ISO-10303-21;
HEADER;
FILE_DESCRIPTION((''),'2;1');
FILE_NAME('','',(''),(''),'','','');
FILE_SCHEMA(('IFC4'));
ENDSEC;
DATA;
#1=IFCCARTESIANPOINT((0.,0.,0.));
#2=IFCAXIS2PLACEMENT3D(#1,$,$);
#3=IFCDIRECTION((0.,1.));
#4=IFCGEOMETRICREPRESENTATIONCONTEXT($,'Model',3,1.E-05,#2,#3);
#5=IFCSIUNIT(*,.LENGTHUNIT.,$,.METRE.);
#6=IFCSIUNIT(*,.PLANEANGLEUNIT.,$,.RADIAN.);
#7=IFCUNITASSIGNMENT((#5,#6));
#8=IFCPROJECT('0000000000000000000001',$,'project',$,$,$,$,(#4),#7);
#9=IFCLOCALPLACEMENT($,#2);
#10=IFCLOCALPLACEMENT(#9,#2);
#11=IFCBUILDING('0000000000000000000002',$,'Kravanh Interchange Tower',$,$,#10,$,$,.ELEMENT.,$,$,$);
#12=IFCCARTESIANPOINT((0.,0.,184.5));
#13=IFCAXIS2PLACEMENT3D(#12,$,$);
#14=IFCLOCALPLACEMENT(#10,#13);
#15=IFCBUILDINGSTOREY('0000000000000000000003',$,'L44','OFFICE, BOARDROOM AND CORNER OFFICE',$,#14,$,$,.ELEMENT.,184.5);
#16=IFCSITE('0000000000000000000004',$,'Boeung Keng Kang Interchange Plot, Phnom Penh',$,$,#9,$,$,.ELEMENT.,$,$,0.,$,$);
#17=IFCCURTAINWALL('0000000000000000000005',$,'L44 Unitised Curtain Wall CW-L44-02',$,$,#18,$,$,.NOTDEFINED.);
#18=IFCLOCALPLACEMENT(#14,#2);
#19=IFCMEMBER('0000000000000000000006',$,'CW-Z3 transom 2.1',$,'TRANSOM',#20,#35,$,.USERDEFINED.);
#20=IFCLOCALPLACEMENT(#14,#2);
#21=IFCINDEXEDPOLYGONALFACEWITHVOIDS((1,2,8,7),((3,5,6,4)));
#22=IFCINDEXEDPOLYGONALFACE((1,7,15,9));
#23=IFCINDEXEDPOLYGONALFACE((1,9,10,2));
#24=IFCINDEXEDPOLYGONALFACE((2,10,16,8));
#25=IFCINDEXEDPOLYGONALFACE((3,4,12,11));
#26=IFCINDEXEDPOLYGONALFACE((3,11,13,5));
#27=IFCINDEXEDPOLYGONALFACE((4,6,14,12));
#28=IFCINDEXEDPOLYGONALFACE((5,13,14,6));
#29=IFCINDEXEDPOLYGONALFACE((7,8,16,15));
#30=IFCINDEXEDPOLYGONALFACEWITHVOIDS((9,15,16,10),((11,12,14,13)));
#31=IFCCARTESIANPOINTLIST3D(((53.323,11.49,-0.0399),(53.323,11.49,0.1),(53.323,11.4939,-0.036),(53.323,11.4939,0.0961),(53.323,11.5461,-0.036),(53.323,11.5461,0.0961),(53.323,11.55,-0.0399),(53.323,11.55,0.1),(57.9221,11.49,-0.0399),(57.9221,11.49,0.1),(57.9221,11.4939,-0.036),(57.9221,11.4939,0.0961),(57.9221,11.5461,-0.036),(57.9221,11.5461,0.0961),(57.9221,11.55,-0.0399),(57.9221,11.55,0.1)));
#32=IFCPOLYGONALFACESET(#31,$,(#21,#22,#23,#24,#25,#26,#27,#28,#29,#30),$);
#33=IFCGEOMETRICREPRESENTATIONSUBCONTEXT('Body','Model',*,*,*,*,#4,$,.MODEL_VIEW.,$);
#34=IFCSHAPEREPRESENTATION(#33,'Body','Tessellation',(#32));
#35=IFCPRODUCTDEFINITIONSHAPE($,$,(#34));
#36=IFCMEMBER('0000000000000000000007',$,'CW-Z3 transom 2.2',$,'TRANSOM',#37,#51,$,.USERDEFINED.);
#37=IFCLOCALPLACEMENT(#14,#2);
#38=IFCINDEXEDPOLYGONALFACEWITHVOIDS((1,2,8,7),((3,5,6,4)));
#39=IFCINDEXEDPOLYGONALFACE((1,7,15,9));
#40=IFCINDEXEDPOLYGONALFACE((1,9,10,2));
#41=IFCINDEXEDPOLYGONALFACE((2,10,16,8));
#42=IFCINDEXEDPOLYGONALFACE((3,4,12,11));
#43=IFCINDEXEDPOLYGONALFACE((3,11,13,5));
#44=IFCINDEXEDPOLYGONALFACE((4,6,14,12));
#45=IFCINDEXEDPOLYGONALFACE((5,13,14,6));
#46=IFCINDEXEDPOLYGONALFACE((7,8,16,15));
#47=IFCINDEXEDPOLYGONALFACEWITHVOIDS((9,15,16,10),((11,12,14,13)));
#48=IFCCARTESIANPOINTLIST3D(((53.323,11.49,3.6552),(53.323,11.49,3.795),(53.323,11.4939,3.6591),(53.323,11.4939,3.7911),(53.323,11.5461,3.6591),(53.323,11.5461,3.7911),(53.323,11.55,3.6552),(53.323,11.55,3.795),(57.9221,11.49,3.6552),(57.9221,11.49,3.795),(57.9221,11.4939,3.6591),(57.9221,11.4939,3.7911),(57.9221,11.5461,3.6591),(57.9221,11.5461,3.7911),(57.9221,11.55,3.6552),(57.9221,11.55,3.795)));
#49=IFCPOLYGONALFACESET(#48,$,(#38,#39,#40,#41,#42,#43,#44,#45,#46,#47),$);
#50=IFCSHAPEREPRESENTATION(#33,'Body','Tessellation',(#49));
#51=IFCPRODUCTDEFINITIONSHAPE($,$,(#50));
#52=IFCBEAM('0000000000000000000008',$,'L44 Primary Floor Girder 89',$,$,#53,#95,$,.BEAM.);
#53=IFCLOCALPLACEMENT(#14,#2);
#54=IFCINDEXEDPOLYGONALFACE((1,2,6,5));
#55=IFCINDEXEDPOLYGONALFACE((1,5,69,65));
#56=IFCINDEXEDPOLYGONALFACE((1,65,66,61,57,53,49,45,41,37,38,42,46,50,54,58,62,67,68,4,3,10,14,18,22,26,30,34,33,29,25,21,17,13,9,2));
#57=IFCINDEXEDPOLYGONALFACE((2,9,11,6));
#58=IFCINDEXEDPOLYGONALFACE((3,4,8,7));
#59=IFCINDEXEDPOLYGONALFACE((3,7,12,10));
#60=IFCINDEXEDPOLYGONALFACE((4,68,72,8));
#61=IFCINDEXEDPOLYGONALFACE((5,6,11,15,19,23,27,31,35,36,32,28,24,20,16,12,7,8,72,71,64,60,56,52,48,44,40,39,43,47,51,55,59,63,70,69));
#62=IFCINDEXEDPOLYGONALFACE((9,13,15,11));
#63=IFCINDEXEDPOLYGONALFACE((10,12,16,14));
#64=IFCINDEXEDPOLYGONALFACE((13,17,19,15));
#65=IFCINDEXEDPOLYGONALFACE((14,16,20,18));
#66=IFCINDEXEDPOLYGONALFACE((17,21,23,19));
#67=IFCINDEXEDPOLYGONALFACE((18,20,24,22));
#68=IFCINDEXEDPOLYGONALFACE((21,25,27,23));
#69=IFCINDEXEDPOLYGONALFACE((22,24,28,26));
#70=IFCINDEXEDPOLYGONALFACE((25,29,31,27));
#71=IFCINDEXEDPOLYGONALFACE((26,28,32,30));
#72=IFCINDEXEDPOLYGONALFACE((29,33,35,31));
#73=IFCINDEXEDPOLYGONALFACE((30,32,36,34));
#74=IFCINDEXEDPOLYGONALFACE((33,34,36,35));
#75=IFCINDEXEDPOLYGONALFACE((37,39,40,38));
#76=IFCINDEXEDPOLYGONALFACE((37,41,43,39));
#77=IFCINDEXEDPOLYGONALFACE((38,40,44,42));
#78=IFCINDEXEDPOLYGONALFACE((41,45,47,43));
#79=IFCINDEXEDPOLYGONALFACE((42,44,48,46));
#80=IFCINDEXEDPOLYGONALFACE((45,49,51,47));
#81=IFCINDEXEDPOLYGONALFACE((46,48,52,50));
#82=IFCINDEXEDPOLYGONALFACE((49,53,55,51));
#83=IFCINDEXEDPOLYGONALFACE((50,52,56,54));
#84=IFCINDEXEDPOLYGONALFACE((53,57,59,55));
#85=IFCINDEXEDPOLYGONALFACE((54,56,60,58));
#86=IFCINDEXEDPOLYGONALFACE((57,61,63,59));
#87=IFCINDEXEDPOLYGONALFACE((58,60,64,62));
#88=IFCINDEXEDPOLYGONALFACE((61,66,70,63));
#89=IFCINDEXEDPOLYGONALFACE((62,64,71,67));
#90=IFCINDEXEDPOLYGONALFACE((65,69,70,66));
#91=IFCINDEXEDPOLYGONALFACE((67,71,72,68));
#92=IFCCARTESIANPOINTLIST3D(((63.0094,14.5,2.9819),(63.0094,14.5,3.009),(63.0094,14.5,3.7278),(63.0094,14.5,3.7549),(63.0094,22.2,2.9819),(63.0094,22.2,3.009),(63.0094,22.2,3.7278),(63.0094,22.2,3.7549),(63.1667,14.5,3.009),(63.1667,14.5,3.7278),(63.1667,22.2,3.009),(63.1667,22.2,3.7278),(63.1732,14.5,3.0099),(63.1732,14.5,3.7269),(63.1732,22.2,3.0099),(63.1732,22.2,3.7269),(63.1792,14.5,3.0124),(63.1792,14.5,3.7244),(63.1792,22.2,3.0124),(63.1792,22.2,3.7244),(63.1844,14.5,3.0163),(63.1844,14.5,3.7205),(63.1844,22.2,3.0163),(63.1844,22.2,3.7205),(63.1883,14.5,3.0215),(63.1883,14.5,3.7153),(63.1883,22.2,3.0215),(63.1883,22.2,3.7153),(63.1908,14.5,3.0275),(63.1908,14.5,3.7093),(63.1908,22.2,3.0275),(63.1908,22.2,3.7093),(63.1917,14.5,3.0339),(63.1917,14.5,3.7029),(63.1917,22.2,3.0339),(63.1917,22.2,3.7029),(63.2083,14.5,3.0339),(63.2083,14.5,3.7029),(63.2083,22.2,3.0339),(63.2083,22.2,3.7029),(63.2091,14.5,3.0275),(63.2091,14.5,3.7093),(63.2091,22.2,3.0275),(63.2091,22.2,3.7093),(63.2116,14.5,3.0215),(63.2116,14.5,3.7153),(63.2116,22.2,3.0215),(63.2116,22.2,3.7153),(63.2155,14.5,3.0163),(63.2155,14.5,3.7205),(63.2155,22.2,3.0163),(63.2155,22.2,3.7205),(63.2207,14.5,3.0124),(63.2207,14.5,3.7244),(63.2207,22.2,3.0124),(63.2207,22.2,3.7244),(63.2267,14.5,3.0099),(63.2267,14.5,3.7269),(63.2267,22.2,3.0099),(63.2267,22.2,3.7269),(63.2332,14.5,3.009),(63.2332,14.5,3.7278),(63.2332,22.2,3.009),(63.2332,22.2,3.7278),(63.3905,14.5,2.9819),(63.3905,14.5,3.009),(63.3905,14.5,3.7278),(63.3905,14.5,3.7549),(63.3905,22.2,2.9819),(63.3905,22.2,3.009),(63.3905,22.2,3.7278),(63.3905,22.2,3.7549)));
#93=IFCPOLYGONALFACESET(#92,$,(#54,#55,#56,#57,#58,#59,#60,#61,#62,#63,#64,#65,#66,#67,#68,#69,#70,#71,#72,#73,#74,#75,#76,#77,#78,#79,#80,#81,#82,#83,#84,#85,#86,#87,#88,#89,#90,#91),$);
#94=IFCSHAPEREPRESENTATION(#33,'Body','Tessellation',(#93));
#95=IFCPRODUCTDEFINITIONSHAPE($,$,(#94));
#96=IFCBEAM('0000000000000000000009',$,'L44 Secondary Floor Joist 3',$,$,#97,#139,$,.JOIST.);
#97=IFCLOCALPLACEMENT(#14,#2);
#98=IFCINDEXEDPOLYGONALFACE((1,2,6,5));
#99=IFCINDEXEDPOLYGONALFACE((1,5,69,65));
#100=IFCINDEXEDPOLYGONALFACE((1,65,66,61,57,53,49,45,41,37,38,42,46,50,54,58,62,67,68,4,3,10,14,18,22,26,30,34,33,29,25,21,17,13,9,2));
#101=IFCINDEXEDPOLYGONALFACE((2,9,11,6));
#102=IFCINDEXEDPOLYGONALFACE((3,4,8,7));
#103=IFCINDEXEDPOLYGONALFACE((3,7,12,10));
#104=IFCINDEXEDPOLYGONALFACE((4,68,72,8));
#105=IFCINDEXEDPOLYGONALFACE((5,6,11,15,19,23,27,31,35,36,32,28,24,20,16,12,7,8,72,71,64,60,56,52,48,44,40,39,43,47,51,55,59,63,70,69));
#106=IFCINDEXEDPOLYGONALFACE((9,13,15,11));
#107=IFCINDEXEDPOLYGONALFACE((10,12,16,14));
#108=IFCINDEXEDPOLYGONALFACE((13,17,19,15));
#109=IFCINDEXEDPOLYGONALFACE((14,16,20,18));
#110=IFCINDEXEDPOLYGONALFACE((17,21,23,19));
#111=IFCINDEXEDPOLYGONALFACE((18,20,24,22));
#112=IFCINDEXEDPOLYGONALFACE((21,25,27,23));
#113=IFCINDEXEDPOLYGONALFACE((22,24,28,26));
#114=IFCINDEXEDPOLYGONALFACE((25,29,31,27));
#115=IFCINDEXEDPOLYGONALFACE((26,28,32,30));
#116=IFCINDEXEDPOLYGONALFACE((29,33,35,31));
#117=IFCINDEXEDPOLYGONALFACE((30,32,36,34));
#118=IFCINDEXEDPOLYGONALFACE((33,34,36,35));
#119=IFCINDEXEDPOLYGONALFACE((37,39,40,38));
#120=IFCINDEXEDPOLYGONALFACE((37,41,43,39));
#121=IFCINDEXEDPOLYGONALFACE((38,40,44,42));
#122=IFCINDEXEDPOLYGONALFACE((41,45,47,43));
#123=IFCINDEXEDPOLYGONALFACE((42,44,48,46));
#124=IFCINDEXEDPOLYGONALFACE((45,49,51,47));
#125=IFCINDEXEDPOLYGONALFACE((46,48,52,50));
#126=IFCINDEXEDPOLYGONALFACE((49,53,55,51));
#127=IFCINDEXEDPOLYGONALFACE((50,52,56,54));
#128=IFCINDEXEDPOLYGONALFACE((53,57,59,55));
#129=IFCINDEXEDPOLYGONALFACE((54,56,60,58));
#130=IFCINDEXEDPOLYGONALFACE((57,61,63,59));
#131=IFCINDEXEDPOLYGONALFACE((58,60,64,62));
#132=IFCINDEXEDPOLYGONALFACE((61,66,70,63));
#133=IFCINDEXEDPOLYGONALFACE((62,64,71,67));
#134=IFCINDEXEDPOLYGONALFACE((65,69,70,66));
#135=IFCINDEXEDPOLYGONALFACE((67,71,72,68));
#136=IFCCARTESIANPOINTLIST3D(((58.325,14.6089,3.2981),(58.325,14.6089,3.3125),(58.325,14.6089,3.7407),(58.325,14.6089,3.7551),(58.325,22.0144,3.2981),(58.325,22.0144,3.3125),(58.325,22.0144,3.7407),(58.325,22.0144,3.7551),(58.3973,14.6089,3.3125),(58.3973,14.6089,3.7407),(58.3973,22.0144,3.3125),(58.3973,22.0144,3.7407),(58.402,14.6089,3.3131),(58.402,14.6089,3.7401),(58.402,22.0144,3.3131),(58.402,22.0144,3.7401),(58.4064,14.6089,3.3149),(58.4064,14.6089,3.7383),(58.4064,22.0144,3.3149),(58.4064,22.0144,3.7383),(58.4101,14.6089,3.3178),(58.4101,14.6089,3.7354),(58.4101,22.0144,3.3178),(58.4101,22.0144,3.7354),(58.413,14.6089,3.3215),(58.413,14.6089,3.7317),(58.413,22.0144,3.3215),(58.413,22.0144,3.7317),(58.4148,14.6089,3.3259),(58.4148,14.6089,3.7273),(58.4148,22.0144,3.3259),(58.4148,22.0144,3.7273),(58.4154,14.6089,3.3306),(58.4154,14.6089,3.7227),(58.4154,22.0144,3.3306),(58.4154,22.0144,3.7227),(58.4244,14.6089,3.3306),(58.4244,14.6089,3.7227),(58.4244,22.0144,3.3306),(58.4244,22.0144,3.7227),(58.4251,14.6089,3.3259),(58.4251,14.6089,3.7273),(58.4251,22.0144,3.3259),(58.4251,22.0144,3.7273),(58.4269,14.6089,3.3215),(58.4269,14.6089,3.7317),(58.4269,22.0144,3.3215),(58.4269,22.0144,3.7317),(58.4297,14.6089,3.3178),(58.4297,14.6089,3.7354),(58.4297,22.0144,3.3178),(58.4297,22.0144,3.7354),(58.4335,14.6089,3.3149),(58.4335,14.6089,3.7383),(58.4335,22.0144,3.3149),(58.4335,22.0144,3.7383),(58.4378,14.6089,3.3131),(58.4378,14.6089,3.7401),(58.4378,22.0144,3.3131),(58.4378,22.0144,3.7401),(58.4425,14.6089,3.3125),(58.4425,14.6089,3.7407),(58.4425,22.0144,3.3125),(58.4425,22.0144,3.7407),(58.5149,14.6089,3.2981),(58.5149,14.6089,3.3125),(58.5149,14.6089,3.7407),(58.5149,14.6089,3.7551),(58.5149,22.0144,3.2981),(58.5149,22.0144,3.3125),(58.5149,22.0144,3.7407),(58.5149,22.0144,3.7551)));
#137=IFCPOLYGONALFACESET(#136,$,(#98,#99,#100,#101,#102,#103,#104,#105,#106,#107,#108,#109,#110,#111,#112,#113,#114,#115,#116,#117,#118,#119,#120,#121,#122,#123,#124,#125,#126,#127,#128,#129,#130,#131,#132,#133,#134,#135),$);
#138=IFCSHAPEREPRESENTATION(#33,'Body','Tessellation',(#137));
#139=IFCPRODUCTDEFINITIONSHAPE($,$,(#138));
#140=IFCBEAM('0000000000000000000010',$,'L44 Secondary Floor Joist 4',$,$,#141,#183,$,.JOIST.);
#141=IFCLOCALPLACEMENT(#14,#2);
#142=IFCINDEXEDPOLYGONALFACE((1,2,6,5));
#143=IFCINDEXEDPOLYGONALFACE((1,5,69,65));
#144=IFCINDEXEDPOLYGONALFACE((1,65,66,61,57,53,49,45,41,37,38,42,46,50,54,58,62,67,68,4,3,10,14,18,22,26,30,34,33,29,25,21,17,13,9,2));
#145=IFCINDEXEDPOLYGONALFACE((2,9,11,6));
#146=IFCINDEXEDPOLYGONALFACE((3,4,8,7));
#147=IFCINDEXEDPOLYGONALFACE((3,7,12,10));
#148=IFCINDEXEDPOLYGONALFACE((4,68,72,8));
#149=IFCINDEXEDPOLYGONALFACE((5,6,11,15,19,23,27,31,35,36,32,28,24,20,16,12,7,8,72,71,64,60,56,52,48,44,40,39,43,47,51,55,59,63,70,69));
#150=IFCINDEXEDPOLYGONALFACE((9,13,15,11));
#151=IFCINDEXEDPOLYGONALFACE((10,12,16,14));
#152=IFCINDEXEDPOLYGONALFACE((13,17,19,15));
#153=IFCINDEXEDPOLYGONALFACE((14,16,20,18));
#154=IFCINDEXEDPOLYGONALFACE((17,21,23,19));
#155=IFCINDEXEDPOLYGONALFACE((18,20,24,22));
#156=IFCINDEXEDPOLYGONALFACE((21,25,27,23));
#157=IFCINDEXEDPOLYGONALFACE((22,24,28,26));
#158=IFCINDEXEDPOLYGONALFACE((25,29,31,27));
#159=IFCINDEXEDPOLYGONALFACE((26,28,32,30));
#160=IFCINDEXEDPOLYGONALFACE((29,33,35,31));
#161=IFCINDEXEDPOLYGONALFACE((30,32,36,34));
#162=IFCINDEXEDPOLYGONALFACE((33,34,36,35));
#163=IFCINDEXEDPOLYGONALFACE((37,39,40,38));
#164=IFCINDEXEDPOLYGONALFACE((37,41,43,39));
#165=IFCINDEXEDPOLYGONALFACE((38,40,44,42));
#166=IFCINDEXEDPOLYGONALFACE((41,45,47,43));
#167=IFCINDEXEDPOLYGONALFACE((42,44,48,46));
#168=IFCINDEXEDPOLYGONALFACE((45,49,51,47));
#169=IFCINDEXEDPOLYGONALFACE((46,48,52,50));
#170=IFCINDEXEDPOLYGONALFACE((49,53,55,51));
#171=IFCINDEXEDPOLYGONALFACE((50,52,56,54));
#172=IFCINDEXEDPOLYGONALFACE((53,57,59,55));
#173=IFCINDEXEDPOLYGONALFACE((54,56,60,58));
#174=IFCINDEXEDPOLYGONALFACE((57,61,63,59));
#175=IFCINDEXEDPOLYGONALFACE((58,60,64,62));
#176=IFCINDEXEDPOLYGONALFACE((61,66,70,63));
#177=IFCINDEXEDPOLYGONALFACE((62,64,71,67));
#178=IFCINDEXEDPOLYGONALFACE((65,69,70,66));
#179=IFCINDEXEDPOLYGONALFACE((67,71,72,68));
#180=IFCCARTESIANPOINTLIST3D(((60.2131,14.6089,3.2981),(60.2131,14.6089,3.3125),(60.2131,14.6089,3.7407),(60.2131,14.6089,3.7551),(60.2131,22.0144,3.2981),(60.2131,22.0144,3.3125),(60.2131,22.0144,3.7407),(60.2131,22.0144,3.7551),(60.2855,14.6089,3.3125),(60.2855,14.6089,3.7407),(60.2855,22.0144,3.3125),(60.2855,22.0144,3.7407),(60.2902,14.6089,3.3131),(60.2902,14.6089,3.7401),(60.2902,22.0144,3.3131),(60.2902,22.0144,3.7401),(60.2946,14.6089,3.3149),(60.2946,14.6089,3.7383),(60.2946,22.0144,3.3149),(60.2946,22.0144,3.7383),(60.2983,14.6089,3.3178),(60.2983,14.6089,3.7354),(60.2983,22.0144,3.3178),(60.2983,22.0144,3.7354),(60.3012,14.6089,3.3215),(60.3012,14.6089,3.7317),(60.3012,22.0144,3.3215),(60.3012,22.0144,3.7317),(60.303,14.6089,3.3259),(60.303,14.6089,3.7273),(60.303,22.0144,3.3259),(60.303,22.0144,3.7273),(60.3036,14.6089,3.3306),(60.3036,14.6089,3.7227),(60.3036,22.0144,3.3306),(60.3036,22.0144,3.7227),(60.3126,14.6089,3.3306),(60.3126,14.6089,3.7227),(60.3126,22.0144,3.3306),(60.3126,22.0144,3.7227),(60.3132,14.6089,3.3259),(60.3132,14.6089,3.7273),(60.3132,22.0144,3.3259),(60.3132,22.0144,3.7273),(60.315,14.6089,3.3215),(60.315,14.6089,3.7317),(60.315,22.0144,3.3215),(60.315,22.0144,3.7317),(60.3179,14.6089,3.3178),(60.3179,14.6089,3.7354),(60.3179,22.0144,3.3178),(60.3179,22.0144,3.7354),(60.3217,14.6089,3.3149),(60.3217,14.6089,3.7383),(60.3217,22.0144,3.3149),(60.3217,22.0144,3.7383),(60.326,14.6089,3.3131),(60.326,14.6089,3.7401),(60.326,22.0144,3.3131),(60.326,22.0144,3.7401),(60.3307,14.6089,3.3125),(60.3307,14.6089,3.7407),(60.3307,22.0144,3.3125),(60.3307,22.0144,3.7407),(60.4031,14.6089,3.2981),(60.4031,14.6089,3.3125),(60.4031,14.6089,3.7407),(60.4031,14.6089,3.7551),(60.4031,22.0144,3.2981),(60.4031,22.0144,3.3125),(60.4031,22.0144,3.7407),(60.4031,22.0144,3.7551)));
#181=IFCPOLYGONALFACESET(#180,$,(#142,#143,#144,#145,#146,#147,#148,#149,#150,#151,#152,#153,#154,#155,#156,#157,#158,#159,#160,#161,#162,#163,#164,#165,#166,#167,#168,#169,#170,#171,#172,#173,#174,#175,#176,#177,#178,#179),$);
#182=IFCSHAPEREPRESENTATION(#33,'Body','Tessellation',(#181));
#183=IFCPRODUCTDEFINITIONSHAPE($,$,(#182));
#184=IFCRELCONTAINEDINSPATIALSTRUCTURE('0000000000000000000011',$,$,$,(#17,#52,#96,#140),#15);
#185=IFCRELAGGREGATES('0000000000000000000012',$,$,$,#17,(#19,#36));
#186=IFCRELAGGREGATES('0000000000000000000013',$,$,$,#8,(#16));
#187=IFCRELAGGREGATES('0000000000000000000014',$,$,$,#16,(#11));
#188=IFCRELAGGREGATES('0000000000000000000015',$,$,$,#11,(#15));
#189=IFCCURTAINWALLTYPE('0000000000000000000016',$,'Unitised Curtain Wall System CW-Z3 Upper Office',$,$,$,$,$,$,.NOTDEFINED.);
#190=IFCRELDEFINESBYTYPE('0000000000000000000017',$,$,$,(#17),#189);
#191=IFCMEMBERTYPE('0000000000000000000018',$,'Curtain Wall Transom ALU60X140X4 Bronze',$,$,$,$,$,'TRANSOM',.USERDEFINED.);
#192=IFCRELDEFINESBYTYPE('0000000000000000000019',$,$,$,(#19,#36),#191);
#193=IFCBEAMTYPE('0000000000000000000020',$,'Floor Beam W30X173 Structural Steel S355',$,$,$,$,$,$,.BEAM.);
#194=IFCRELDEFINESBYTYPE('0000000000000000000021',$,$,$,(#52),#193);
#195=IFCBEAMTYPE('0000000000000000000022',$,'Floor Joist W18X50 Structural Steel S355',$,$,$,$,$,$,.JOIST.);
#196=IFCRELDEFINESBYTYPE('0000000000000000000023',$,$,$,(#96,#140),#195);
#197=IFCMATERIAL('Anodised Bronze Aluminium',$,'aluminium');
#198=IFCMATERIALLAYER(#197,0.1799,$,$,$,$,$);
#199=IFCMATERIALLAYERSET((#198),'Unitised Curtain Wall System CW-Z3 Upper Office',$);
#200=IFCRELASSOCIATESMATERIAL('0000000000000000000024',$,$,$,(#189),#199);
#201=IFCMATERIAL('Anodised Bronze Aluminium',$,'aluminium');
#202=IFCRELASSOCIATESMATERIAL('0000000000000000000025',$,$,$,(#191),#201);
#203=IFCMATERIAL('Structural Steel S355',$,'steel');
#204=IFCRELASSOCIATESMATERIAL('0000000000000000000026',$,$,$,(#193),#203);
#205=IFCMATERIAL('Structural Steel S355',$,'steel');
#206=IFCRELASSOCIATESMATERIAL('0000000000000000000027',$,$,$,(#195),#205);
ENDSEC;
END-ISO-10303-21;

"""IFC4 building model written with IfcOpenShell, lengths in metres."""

from ifc_helpers import new_model, si_unit, direction, frame, origin, origin_2d, place, context, subcontext, project, spatial, hollow_rectangle, i_section, extrude, material, layer, layer_set, material_profile, profile_set, type_object, element, aggregate, save


model = new_model("IFC4")

# Units and contexts
model_context = context("Model", 3, precision=1e-05, world=origin(), true_north=direction((0.0, 1.0)))
body_context = subcontext(model_context, "Body", "Model", "MODEL_VIEW")
ifc_project = project(units=[si_unit("LENGTHUNIT", "METRE"), si_unit("PLANEANGLEUNIT", "RADIAN")], contexts=[model_context])

# Site, building, storey
site_placement = place(None, origin())
site = spatial("IfcSite", under=ifc_project, at=site_placement, Name="Boeung Keng Kang Interchange Plot, Phnom Penh", CompositionType="ELEMENT", RefElevation=0.0)
building_placement = place(site_placement, origin())
building = spatial("IfcBuilding", under=site, at=building_placement, Name="Kravanh Interchange Tower", CompositionType="ELEMENT")
storey_placement = place(building_placement, frame((0.0, 0.0, 184.5)))
storey = spatial("IfcBuildingStorey", under=building, at=storey_placement, Name="L44", Description="OFFICE, BOARDROOM AND CORNER OFFICE", CompositionType="ELEMENT", Elevation=184.5)

# Curtain wall
ifc_material_1 = material(Name="Anodised Bronze Aluminium", Category="aluminium")
ifc_layer_1 = layer(ifc_material_1, 0.1799)
ifc_layer_set_1 = layer_set([ifc_layer_1], Name="Unitised Curtain Wall System CW-Z3 Upper Office")
curtain_wall_type = type_object("IfcCurtainWallType", Name="Unitised Curtain Wall System CW-Z3 Upper Office", PredefinedType="NOTDEFINED", material=ifc_layer_set_1)
curtain_wall_1_placement = place(storey_placement, origin())
curtain_wall_1 = element("IfcCurtainWall", 1, at=curtain_wall_1_placement, inside=storey, type_object=curtain_wall_type, Name="L44 Unitised Curtain Wall CW-L44-02", PredefinedType="NOTDEFINED")

# Members
ifc_material_2 = material(Name="Anodised Bronze Aluminium", Category="aluminium")
ifc_material_profile_1 = material_profile(ifc_material_2, hollow_rectangle(XDim=0.0601, YDim=0.1399, WallThickness=0.0039, at=origin_2d()), Name="ALU60X140X4")
ifc_profile_set_1 = profile_set([ifc_material_profile_1], Name="Anodised Bronze Aluminium")
member_type_1 = type_object("IfcMemberType", Name="Curtain Wall Transom ALU60X140X4 Bronze", ElementType="TRANSOM", PredefinedType="USERDEFINED", material=ifc_profile_set_1)
member_1_placement = place(storey_placement, frame((57.9221, 11.52, 0.03), z_axis=(-1.0, 0.0, 0.0), x_axis=(0.0, -1.0, 0.0)))
member_1 = element("IfcMember", 2, at=member_1_placement, type_object=member_type_1, Name="CW-Z3 transom 2.1", ObjectType="TRANSOM", PredefinedType="USERDEFINED", context=body_context, shape_type="SweptSolid", body=[
    extrude(hollow_rectangle(XDim=0.0601, YDim=0.1399, WallThickness=0.0039, at=origin_2d()), origin(), (0.0, 0.0, 1.0), 4.5991),
])
member_2_placement = place(storey_placement, frame((57.9221, 11.52, 3.7251), z_axis=(-1.0, 0.0, 0.0), x_axis=(0.0, -1.0, 0.0)))
member_2 = element("IfcMember", 3, at=member_2_placement, type_object=member_type_1, Name="CW-Z3 transom 2.2", ObjectType="TRANSOM", PredefinedType="USERDEFINED", context=body_context, shape_type="SweptSolid", body=[
    extrude(hollow_rectangle(XDim=0.0601, YDim=0.1399, WallThickness=0.0039, at=origin_2d()), origin(), (0.0, 0.0, 1.0), 4.5991),
])

# Beams
ifc_material_3 = material(Name="Structural Steel S355", Category="steel")
ifc_material_profile_2 = material_profile(ifc_material_3, i_section(OverallWidth=0.3811, OverallDepth=0.7729, WebThickness=0.0166, FlangeThickness=0.0271, FilletRadius=0.0249, at=origin_2d()), Name="W30X173")
ifc_profile_set_2 = profile_set([ifc_material_profile_2], Name="Structural Steel S355")
beam_type_1 = type_object("IfcBeamType", Name="Floor Beam W30X173 Structural Steel S355", PredefinedType="BEAM", material=ifc_profile_set_2)
beam_1_placement = place(storey_placement, frame((63.2, 14.5, 3.3684), z_axis=(0.0, 1.0, 0.0), x_axis=(-1.0, 0.0, 0.0)))
element("IfcBeam", 4, at=beam_1_placement, inside=storey, type_object=beam_type_1, Name="L44 Primary Floor Girder 89", PredefinedType="BEAM", context=body_context, shape_type="SweptSolid", body=[
    extrude(i_section(OverallWidth=0.3811, OverallDepth=0.7729, WebThickness=0.0166, FlangeThickness=0.0271, FilletRadius=0.0249, at=origin_2d()), origin(), (0.0, 0.0, 1.0), 7.7),
])
ifc_material_4 = material(Name="Structural Steel S355", Category="steel")
ifc_material_profile_3 = material_profile(ifc_material_4, i_section(OverallWidth=0.1899, OverallDepth=0.457, WebThickness=0.009, FlangeThickness=0.0144, FilletRadius=0.0181, at=origin_2d()), Name="W18X50")
ifc_profile_set_3 = profile_set([ifc_material_profile_3], Name="Structural Steel S355")
beam_type_2 = type_object("IfcBeamType", Name="Floor Joist W18X50 Structural Steel S355", PredefinedType="JOIST", material=ifc_profile_set_3)
for number, where, z_axis, x_axis, name in (
    (5, (58.4199, 14.6089, 3.5266), (0.0, 1.0, 0.0), (-1.0, 0.0, 0.0), "L44 Secondary Floor Joist 3"),
    (6, (60.3081, 14.6089, 3.5266), (0.0, 1.0, 0.0), (-1.0, 0.0, 0.0), "L44 Secondary Floor Joist 4"),
):
    element("IfcBeam", number, at=place(storey_placement, frame(where, z_axis=z_axis, x_axis=x_axis)), inside=storey, type_object=beam_type_2, Name=name, PredefinedType="JOIST", context=body_context, shape_type="SweptSolid", body=[
        extrude(i_section(OverallWidth=0.1899, OverallDepth=0.457, WebThickness=0.009, FlangeThickness=0.0144, FilletRadius=0.0181, at=origin_2d()), origin(), (0.0, 0.0, 1.0), 7.4055),
    ])

aggregate(curtain_wall_1, [member_1, member_2])

save(model, "model.ifc")
